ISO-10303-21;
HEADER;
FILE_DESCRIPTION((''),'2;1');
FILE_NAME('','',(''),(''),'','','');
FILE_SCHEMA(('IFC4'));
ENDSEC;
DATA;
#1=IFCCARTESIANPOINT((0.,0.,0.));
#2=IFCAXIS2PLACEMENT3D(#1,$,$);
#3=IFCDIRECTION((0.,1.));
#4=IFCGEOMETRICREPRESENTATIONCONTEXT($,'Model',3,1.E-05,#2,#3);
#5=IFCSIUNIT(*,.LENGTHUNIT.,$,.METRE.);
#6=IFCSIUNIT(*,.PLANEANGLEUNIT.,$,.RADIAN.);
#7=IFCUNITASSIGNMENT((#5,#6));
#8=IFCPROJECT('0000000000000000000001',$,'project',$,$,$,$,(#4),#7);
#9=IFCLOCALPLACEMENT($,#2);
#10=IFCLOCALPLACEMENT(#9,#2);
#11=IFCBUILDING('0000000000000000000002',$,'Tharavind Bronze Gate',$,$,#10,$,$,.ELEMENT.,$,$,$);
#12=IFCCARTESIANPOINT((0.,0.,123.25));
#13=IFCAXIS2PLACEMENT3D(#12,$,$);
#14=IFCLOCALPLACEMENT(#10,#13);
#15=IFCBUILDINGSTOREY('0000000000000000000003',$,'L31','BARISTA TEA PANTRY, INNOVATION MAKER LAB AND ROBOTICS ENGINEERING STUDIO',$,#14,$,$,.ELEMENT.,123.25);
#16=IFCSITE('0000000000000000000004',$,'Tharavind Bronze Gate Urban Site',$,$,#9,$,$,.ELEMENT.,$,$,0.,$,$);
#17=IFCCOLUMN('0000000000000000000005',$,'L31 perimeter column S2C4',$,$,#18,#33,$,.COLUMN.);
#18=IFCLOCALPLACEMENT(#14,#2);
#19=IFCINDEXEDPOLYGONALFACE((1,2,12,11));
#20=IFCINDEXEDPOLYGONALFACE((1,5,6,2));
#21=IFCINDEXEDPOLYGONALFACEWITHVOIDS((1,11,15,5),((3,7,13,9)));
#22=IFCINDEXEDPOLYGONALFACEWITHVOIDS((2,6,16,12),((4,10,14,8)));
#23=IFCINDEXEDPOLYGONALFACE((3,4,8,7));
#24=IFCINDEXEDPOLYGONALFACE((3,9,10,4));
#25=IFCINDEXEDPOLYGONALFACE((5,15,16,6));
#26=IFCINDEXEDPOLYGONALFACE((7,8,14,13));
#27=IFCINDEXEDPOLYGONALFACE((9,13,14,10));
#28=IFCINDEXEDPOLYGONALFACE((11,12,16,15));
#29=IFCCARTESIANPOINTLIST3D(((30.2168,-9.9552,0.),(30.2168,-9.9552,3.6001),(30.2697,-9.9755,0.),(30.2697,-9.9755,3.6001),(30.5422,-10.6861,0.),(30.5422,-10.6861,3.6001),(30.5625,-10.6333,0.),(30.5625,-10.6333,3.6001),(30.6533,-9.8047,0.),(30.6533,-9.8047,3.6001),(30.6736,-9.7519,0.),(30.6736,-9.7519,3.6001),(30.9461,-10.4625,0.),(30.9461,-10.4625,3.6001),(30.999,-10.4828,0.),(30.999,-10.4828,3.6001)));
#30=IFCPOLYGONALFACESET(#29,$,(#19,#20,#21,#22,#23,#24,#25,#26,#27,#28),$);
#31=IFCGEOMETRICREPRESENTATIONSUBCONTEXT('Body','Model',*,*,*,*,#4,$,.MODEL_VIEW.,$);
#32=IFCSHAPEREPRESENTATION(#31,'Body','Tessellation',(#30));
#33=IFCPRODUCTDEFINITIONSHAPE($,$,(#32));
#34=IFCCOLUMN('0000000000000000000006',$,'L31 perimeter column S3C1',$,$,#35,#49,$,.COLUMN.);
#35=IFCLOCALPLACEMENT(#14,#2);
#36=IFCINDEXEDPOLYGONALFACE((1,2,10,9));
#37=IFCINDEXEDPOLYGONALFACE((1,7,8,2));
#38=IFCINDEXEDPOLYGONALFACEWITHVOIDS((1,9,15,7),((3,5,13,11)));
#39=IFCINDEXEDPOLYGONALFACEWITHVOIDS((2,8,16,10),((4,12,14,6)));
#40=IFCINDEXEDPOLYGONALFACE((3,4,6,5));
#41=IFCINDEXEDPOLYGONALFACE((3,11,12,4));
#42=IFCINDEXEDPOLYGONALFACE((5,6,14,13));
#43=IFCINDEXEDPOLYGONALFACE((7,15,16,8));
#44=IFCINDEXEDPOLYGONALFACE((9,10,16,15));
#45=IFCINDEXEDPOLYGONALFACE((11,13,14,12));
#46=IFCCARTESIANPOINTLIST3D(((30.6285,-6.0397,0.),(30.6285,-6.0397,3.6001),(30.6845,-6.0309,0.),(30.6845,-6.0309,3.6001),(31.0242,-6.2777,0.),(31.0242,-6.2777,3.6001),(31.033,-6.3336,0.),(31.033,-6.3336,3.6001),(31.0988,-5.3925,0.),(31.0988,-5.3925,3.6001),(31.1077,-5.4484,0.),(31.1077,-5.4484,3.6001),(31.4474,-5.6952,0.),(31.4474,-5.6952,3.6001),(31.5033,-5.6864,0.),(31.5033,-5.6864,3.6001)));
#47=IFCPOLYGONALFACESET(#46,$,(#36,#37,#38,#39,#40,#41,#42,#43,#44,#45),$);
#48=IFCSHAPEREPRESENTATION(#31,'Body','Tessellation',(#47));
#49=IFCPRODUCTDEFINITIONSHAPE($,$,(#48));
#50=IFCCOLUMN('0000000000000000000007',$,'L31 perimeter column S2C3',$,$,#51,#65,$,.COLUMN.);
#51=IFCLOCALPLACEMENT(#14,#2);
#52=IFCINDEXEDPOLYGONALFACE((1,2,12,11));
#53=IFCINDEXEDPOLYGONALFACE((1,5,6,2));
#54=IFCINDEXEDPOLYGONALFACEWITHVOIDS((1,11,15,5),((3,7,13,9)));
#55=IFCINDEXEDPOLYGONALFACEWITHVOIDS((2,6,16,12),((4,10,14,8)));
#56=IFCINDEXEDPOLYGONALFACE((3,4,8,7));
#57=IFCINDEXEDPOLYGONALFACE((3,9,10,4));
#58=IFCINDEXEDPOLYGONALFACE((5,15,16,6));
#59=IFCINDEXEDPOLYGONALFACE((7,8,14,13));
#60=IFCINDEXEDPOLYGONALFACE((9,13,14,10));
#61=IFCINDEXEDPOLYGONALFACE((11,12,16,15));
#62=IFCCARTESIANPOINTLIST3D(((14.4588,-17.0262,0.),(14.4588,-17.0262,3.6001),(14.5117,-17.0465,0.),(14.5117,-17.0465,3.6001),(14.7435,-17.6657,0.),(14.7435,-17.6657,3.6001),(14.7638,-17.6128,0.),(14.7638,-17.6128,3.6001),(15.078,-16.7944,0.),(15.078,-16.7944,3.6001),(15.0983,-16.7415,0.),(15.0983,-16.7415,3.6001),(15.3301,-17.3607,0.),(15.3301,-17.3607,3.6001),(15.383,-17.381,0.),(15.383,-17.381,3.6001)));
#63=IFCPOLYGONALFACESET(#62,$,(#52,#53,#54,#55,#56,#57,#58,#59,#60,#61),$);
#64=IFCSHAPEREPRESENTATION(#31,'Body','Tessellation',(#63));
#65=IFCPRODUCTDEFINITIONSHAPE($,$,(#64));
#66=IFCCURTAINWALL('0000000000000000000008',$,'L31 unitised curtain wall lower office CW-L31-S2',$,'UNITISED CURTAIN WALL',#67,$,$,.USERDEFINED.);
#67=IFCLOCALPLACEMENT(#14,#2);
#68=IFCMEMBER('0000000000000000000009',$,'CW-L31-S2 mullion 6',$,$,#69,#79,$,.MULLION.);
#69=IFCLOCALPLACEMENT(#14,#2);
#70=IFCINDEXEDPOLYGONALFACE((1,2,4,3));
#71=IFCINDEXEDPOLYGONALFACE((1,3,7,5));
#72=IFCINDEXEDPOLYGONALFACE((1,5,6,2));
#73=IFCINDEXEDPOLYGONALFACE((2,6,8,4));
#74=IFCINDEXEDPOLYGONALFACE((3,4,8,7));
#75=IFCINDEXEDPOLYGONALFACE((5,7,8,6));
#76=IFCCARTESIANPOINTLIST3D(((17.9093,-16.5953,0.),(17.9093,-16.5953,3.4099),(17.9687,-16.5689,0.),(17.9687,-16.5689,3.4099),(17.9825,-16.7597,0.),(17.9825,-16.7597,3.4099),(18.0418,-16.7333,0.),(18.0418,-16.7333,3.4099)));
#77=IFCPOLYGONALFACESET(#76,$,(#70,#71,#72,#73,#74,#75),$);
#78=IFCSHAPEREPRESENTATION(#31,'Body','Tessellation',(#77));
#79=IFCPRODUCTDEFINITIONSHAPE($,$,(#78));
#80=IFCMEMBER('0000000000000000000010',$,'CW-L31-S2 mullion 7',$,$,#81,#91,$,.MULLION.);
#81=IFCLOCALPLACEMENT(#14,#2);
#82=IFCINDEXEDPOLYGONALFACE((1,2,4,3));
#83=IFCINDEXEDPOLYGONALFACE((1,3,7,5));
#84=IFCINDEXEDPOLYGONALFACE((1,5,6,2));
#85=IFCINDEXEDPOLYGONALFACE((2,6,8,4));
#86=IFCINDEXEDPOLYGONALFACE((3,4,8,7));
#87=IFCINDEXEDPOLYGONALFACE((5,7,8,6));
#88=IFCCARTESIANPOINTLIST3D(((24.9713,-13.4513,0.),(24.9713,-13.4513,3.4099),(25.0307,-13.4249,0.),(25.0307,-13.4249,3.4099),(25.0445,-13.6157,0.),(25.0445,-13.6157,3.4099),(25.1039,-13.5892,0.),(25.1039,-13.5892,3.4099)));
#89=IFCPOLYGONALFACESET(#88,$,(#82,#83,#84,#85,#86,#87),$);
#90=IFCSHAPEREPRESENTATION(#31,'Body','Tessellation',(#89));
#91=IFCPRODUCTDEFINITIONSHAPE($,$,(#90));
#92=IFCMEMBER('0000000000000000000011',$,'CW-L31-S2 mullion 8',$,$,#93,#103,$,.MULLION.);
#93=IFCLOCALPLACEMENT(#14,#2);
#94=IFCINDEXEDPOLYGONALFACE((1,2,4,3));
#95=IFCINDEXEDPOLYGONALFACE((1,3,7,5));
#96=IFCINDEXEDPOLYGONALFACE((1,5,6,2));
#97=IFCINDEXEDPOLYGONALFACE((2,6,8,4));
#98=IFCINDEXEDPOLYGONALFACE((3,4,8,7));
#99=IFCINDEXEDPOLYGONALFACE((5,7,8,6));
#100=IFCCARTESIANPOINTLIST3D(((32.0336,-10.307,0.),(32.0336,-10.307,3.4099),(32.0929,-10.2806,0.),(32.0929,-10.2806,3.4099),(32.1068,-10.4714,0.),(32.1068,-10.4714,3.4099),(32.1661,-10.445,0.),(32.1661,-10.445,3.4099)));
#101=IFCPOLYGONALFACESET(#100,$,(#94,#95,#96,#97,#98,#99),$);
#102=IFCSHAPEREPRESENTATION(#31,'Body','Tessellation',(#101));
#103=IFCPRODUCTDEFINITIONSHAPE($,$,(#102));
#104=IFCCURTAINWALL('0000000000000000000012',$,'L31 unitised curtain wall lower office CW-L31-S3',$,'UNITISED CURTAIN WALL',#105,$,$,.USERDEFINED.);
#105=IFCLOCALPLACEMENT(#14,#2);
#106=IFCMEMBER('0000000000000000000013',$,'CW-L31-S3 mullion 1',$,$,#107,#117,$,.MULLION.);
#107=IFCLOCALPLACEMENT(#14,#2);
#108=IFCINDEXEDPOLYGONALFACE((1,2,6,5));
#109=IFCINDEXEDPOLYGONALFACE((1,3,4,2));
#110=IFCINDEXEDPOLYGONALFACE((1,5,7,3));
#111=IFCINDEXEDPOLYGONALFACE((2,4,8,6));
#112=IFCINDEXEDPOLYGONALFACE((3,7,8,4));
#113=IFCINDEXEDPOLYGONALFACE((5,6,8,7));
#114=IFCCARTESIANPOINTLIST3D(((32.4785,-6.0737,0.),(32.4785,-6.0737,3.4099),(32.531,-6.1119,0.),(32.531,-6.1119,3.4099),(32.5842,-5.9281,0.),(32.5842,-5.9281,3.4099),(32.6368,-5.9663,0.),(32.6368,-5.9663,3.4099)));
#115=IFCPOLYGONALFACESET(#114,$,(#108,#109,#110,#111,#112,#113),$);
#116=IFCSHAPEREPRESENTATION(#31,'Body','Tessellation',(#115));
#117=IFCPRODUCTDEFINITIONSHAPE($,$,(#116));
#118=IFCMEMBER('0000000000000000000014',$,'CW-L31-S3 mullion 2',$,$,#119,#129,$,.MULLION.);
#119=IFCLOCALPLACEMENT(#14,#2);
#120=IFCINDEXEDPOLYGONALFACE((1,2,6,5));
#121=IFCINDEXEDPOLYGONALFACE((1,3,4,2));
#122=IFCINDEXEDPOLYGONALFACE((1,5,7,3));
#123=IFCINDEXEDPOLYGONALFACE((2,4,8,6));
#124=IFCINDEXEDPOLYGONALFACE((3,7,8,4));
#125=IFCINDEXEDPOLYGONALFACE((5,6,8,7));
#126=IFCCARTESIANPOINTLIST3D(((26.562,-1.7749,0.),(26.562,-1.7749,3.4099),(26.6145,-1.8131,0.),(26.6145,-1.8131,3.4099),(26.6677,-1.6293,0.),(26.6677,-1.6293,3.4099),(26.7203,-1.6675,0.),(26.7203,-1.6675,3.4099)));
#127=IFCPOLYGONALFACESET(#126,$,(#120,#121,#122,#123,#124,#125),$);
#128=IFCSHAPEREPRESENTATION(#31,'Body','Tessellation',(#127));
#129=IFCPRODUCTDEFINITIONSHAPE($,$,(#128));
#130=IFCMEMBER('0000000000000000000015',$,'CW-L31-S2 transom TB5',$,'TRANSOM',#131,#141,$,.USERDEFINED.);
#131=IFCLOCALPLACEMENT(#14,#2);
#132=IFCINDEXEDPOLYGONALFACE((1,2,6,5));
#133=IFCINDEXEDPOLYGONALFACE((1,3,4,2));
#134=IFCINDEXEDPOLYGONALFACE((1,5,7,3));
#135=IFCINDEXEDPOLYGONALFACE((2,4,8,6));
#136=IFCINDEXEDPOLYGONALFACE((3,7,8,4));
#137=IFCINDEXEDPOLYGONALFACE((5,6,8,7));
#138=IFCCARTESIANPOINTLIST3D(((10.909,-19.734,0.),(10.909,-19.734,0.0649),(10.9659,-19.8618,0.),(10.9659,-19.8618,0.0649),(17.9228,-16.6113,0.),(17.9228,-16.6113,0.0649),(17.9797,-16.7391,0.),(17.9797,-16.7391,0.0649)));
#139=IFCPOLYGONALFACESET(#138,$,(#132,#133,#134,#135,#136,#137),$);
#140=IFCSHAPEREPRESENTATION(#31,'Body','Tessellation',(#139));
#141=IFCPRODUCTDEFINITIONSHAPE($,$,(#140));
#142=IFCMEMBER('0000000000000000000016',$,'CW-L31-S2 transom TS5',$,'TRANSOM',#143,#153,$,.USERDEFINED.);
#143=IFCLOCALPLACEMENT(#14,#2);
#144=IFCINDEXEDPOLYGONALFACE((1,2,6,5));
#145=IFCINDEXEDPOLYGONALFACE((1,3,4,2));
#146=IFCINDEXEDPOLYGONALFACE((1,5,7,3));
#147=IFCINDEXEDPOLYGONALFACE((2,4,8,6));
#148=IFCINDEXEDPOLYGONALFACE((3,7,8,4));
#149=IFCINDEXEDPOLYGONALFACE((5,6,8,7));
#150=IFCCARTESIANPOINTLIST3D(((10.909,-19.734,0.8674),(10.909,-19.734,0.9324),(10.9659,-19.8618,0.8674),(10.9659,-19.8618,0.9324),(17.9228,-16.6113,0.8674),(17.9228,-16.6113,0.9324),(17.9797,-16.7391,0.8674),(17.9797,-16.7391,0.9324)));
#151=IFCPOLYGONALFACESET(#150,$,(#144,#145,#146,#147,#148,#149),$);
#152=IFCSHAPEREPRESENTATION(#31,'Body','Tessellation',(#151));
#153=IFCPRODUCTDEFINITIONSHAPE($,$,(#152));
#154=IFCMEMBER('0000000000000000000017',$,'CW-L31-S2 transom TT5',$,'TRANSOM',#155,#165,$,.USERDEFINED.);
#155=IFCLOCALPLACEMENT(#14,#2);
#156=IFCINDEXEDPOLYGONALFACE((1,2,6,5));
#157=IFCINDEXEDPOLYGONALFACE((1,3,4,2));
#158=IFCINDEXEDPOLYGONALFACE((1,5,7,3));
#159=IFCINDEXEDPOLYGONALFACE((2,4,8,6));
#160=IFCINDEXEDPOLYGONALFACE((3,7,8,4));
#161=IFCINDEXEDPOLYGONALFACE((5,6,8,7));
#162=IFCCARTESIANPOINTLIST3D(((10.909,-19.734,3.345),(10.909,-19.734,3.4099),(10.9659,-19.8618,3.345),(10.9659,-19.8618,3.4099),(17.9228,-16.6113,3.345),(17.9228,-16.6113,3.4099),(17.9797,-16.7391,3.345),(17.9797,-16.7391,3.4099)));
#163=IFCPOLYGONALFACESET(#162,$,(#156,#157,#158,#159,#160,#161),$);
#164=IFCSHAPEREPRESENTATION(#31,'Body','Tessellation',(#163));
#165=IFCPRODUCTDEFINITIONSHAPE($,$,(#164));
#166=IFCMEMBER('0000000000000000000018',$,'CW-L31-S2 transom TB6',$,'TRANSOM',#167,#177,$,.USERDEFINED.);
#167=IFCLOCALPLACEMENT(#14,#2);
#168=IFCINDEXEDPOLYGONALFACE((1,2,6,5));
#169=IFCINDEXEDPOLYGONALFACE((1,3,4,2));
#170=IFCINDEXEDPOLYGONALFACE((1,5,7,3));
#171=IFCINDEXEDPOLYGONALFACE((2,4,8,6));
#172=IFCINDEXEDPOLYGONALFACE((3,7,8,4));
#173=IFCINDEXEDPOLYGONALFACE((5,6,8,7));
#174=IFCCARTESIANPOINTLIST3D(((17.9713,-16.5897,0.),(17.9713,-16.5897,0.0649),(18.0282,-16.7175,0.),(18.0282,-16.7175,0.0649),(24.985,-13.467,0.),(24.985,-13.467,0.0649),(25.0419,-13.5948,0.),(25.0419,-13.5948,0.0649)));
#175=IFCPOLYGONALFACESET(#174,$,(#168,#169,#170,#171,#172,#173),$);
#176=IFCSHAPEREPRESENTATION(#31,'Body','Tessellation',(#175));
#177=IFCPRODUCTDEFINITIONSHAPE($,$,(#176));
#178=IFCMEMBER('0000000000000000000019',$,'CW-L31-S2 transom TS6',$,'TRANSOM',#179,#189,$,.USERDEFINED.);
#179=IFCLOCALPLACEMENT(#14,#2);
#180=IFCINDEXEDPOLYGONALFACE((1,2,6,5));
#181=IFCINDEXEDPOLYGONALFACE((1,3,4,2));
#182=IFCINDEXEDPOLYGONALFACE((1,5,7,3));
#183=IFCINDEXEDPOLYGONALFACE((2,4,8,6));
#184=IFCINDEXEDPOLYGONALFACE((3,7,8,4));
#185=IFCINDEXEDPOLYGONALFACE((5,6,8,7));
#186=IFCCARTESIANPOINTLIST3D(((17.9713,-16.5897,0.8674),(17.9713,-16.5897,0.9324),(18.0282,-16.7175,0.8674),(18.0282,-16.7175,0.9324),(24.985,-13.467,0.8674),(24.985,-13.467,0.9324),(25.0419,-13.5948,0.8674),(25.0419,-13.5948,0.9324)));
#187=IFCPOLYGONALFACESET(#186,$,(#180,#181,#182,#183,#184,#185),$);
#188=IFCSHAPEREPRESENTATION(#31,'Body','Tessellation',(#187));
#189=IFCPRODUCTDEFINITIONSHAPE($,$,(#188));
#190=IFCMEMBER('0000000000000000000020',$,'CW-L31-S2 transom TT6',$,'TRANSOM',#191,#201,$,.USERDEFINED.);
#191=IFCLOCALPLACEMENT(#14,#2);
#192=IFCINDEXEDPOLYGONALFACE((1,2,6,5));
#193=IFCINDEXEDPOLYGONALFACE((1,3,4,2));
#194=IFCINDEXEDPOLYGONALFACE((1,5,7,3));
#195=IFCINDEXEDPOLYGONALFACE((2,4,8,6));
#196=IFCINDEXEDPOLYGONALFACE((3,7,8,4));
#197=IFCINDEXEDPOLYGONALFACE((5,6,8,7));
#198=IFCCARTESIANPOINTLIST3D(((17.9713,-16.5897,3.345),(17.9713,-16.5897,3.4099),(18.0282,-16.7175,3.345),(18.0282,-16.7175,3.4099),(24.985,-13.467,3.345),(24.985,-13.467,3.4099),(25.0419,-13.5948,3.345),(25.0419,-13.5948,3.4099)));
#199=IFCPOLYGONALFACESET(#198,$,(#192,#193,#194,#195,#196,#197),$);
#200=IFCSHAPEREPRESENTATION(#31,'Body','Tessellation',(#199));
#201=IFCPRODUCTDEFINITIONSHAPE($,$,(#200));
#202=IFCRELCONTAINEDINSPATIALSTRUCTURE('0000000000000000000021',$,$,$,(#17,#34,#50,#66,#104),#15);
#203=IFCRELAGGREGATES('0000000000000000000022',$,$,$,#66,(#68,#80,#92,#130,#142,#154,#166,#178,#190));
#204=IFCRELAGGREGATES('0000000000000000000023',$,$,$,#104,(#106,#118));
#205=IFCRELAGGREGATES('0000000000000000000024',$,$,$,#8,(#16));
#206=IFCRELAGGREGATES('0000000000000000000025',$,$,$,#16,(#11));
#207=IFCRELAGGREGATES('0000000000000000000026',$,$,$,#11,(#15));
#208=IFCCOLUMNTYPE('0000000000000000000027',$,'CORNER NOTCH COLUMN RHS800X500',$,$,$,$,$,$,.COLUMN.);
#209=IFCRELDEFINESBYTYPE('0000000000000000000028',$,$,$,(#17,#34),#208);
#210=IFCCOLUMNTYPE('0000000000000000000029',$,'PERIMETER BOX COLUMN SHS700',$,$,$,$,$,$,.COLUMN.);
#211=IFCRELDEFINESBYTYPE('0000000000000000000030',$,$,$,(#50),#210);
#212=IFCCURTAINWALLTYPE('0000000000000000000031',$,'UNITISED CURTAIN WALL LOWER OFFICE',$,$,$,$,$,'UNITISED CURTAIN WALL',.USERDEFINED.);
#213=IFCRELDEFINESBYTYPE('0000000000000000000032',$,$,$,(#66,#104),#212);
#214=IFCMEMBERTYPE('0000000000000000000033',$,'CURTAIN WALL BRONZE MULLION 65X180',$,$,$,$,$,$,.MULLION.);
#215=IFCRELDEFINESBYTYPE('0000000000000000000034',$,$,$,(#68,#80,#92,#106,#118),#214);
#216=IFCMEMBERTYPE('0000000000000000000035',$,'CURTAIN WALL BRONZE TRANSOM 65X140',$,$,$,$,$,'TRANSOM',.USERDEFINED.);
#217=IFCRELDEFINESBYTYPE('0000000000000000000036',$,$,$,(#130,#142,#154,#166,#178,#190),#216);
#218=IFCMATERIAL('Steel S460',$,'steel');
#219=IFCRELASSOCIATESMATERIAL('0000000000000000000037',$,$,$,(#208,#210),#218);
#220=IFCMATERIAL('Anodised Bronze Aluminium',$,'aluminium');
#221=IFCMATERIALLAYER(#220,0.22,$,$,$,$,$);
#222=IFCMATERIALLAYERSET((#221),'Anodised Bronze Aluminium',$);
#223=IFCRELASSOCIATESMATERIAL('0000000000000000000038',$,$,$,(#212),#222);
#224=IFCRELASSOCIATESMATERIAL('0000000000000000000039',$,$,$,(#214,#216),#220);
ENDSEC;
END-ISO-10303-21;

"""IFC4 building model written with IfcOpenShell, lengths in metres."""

from ifc_helpers import new_model, si_unit, direction, frame, origin, origin_2d, place, context, subcontext, project, spatial, rectangle, hollow_rectangle, extrude, material, layer, layer_set, material_profile, profile_set, type_object, element, aggregate, save


model = new_model("IFC4")

# Units and contexts
model_context = context("Model", 3, precision=1e-05, world=origin(), true_north=direction((0.0, 1.0)))
body_context = subcontext(model_context, "Body", "Model", "MODEL_VIEW")
ifc_project = project(units=[si_unit("LENGTHUNIT", "METRE"), si_unit("PLANEANGLEUNIT", "RADIAN")], contexts=[model_context])

# Site, building, storey
site_placement = place(None, origin())
site = spatial("IfcSite", under=ifc_project, at=site_placement, Name="Tharavind Bronze Gate Urban Site", CompositionType="ELEMENT", RefElevation=0.0)
building_placement = place(site_placement, origin())
building = spatial("IfcBuilding", under=site, at=building_placement, Name="Tharavind Bronze Gate", CompositionType="ELEMENT")
storey_placement = place(building_placement, frame((0.0, 0.0, 123.25)))
storey = spatial("IfcBuildingStorey", under=building, at=storey_placement, Name="L31", Description="BARISTA TEA PANTRY, INNOVATION MAKER LAB AND ROBOTICS ENGINEERING STUDIO", CompositionType="ELEMENT", Elevation=123.25)

# Columns
ifc_material_1 = material(Name="Steel S460", Category="steel")
ifc_material_profile_1 = material_profile(ifc_material_1, hollow_rectangle(XDim=0.5, YDim=0.8, WallThickness=0.04, at=origin_2d()), Name="RHS800X500X40")
ifc_profile_set_1 = profile_set([ifc_material_profile_1], Name="Steel S460")
column_type_1 = type_object("IfcColumnType", Name="CORNER NOTCH COLUMN RHS800X500", PredefinedType="COLUMN", material=ifc_profile_set_1)
for number, where, z_axis, x_axis, name in (
    (1, (30.6079, -10.219, 0.0), (0.0, 0.0, 1.0), (0.913545, 0.406737, 0.0), "L31 perimeter column S2C4"),
    (2, (31.0659, -5.863, 0.0), (0.0, 0.0, 1.0), (-0.809017, 0.587785, 0.0), "L31 perimeter column S3C1"),
):
    element("IfcColumn", number, at=place(storey_placement, frame(where, z_axis=z_axis, x_axis=x_axis)), inside=storey, type_object=column_type_1, Name=name, PredefinedType="COLUMN", context=body_context, shape_type="SweptSolid", body=[
        extrude(hollow_rectangle(XDim=0.5, YDim=0.8, WallThickness=0.04, at=origin_2d()), origin(), (0.0, 0.0, 1.0), 3.6001),
    ])
ifc_material_profile_2 = material_profile(ifc_material_1, hollow_rectangle(XDim=0.7, YDim=0.7, WallThickness=0.04, at=origin_2d()), Name="SHS700X40")
ifc_profile_set_2 = profile_set([ifc_material_profile_2], Name="Steel S460")
column_type_2 = type_object("IfcColumnType", Name="PERIMETER BOX COLUMN SHS700", PredefinedType="COLUMN", material=ifc_profile_set_2)
column_placement = place(storey_placement, frame((14.9209, -17.2036, 0.0), z_axis=(0.0, 0.0, 1.0), x_axis=(0.913545, 0.406737, 0.0)))
element("IfcColumn", 3, at=column_placement, inside=storey, type_object=column_type_2, Name="L31 perimeter column S2C3", PredefinedType="COLUMN", context=body_context, shape_type="SweptSolid", body=[
    extrude(hollow_rectangle(XDim=0.7, YDim=0.7, WallThickness=0.04, at=origin_2d()), origin(), (0.0, 0.0, 1.0), 3.6001),
])

# Curtain walls, members
ifc_material_2 = material(Name="Anodised Bronze Aluminium", Category="aluminium")
ifc_layer_1 = layer(ifc_material_2, 0.22)
ifc_layer_set_1 = layer_set([ifc_layer_1], Name="Anodised Bronze Aluminium")
curtain_wall_type = type_object("IfcCurtainWallType", Name="UNITISED CURTAIN WALL LOWER OFFICE", ElementType="UNITISED CURTAIN WALL", PredefinedType="USERDEFINED", material=ifc_layer_set_1)
curtain_wall_1_placement = place(storey_placement, origin())
curtain_wall_1 = element("IfcCurtainWall", 4, at=curtain_wall_1_placement, inside=storey, type_object=curtain_wall_type, Name="L31 unitised curtain wall lower office CW-L31-S2", ObjectType="UNITISED CURTAIN WALL", PredefinedType="USERDEFINED")
member_type_1 = type_object("IfcMemberType", Name="CURTAIN WALL BRONZE MULLION 65X180", PredefinedType="MULLION", material=ifc_material_2)
member_1_placement = place(storey_placement, frame((17.9756, -16.6643, 0.0), z_axis=(0.0, 0.0, 1.0), x_axis=(0.913545, 0.406737, 0.0)))
member_1 = element("IfcMember", 5, at=member_1_placement, type_object=member_type_1, Name="CW-L31-S2 mullion 6", PredefinedType="MULLION", context=body_context, shape_type="SweptSolid", body=[
    extrude(rectangle(XDim=0.0649, YDim=0.1799, at=origin_2d()), origin(), (0.0, 0.0, 1.0), 3.4099),
])
member_2_placement = place(storey_placement, frame((25.0376, -13.5203, 0.0), z_axis=(0.0, 0.0, 1.0), x_axis=(0.913545, 0.406737, 0.0)))
member_2 = element("IfcMember", 6, at=member_2_placement, type_object=member_type_1, Name="CW-L31-S2 mullion 7", PredefinedType="MULLION", context=body_context, shape_type="SweptSolid", body=[
    extrude(rectangle(XDim=0.0649, YDim=0.1799, at=origin_2d()), origin(), (0.0, 0.0, 1.0), 3.4099),
])
member_3_placement = place(storey_placement, frame((32.0999, -10.376, 0.0), z_axis=(0.0, 0.0, 1.0), x_axis=(0.913545, 0.406737, 0.0)))
member_3 = element("IfcMember", 7, at=member_3_placement, type_object=member_type_1, Name="CW-L31-S2 mullion 8", PredefinedType="MULLION", context=body_context, shape_type="SweptSolid", body=[
    extrude(rectangle(XDim=0.0649, YDim=0.1799, at=origin_2d()), origin(), (0.0, 0.0, 1.0), 3.4099),
])
curtain_wall_2_placement = place(storey_placement, origin())
curtain_wall_2 = element("IfcCurtainWall", 8, at=curtain_wall_2_placement, inside=storey, type_object=curtain_wall_type, Name="L31 unitised curtain wall lower office CW-L31-S3", ObjectType="UNITISED CURTAIN WALL", PredefinedType="USERDEFINED")
member_4_placement = place(storey_placement, frame((32.5576, -6.02, 0.0), z_axis=(0.0, 0.0, 1.0), x_axis=(-0.809017, 0.587785, 0.0)))
member_4 = element("IfcMember", 9, at=member_4_placement, type_object=member_type_1, Name="CW-L31-S3 mullion 1", PredefinedType="MULLION", context=body_context, shape_type="SweptSolid", body=[
    extrude(rectangle(XDim=0.0649, YDim=0.1799, at=origin_2d()), origin(), (0.0, 0.0, 1.0), 3.4099),
])
member_5_placement = place(storey_placement, frame((26.6411, -1.7212, 0.0), z_axis=(0.0, 0.0, 1.0), x_axis=(-0.809017, 0.587785, 0.0)))
member_5 = element("IfcMember", 10, at=member_5_placement, type_object=member_type_1, Name="CW-L31-S3 mullion 2", PredefinedType="MULLION", context=body_context, shape_type="SweptSolid", body=[
    extrude(rectangle(XDim=0.0649, YDim=0.1799, at=origin_2d()), origin(), (0.0, 0.0, 1.0), 3.4099),
])

# Members
member_type_2 = type_object("IfcMemberType", Name="CURTAIN WALL BRONZE TRANSOM 65X140", ElementType="TRANSOM", PredefinedType="USERDEFINED", material=ifc_material_2)
member_6_placement = place(storey_placement, frame((14.4443, -18.2366, 0.0), z_axis=(0.0, 0.0, 1.0), x_axis=(0.913545, 0.406737, 0.0)))
member_6 = element("IfcMember", 11, at=member_6_placement, type_object=member_type_2, Name="CW-L31-S2 transom TB5", ObjectType="TRANSOM", PredefinedType="USERDEFINED", context=body_context, shape_type="SweptSolid", body=[
    extrude(rectangle(XDim=7.6775, YDim=0.1399, at=origin_2d()), origin(), (0.0, 0.0, 1.0), 0.0649),
])
member_7_placement = place(storey_placement, frame((14.4443, -18.2366, 0.8674), z_axis=(0.0, 0.0, 1.0), x_axis=(0.913545, 0.406737, 0.0)))
member_7 = element("IfcMember", 12, at=member_7_placement, type_object=member_type_2, Name="CW-L31-S2 transom TS5", ObjectType="TRANSOM", PredefinedType="USERDEFINED", context=body_context, shape_type="SweptSolid", body=[
    extrude(rectangle(XDim=7.6775, YDim=0.1399, at=origin_2d()), origin(), (0.0, 0.0, 1.0), 0.0649),
])
member_8_placement = place(storey_placement, frame((14.4443, -18.2366, 3.345), z_axis=(0.0, 0.0, 1.0), x_axis=(0.913545, 0.406737, 0.0)))
member_8 = element("IfcMember", 13, at=member_8_placement, type_object=member_type_2, Name="CW-L31-S2 transom TT5", ObjectType="TRANSOM", PredefinedType="USERDEFINED", context=body_context, shape_type="SweptSolid", body=[
    extrude(rectangle(XDim=7.6775, YDim=0.1399, at=origin_2d()), origin(), (0.0, 0.0, 1.0), 0.0649),
])
member_9_placement = place(storey_placement, frame((21.5066, -15.0923, 0.0), z_axis=(0.0, 0.0, 1.0), x_axis=(0.913545, 0.406737, 0.0)))
member_9 = element("IfcMember", 14, at=member_9_placement, type_object=member_type_2, Name="CW-L31-S2 transom TB6", ObjectType="TRANSOM", PredefinedType="USERDEFINED", context=body_context, shape_type="SweptSolid", body=[
    extrude(rectangle(XDim=7.6775, YDim=0.1399, at=origin_2d()), origin(), (0.0, 0.0, 1.0), 0.0649),
])
member_10_placement = place(storey_placement, frame((21.5066, -15.0923, 0.8674), z_axis=(0.0, 0.0, 1.0), x_axis=(0.913545, 0.406737, 0.0)))
member_10 = element("IfcMember", 15, at=member_10_placement, type_object=member_type_2, Name="CW-L31-S2 transom TS6", ObjectType="TRANSOM", PredefinedType="USERDEFINED", context=body_context, shape_type="SweptSolid", body=[
    extrude(rectangle(XDim=7.6775, YDim=0.1399, at=origin_2d()), origin(), (0.0, 0.0, 1.0), 0.0649),
])
member_11_placement = place(storey_placement, frame((21.5066, -15.0923, 3.345), z_axis=(0.0, 0.0, 1.0), x_axis=(0.913545, 0.406737, 0.0)))
member_11 = element("IfcMember", 16, at=member_11_placement, type_object=member_type_2, Name="CW-L31-S2 transom TT6", ObjectType="TRANSOM", PredefinedType="USERDEFINED", context=body_context, shape_type="SweptSolid", body=[
    extrude(rectangle(XDim=7.6775, YDim=0.1399, at=origin_2d()), origin(), (0.0, 0.0, 1.0), 0.0649),
])

aggregate(curtain_wall_1, [member_1, member_2, member_3, member_6, member_7, member_8, member_9, member_10, member_11])
aggregate(curtain_wall_2, [member_4, member_5])

save(model, "model.ifc")
